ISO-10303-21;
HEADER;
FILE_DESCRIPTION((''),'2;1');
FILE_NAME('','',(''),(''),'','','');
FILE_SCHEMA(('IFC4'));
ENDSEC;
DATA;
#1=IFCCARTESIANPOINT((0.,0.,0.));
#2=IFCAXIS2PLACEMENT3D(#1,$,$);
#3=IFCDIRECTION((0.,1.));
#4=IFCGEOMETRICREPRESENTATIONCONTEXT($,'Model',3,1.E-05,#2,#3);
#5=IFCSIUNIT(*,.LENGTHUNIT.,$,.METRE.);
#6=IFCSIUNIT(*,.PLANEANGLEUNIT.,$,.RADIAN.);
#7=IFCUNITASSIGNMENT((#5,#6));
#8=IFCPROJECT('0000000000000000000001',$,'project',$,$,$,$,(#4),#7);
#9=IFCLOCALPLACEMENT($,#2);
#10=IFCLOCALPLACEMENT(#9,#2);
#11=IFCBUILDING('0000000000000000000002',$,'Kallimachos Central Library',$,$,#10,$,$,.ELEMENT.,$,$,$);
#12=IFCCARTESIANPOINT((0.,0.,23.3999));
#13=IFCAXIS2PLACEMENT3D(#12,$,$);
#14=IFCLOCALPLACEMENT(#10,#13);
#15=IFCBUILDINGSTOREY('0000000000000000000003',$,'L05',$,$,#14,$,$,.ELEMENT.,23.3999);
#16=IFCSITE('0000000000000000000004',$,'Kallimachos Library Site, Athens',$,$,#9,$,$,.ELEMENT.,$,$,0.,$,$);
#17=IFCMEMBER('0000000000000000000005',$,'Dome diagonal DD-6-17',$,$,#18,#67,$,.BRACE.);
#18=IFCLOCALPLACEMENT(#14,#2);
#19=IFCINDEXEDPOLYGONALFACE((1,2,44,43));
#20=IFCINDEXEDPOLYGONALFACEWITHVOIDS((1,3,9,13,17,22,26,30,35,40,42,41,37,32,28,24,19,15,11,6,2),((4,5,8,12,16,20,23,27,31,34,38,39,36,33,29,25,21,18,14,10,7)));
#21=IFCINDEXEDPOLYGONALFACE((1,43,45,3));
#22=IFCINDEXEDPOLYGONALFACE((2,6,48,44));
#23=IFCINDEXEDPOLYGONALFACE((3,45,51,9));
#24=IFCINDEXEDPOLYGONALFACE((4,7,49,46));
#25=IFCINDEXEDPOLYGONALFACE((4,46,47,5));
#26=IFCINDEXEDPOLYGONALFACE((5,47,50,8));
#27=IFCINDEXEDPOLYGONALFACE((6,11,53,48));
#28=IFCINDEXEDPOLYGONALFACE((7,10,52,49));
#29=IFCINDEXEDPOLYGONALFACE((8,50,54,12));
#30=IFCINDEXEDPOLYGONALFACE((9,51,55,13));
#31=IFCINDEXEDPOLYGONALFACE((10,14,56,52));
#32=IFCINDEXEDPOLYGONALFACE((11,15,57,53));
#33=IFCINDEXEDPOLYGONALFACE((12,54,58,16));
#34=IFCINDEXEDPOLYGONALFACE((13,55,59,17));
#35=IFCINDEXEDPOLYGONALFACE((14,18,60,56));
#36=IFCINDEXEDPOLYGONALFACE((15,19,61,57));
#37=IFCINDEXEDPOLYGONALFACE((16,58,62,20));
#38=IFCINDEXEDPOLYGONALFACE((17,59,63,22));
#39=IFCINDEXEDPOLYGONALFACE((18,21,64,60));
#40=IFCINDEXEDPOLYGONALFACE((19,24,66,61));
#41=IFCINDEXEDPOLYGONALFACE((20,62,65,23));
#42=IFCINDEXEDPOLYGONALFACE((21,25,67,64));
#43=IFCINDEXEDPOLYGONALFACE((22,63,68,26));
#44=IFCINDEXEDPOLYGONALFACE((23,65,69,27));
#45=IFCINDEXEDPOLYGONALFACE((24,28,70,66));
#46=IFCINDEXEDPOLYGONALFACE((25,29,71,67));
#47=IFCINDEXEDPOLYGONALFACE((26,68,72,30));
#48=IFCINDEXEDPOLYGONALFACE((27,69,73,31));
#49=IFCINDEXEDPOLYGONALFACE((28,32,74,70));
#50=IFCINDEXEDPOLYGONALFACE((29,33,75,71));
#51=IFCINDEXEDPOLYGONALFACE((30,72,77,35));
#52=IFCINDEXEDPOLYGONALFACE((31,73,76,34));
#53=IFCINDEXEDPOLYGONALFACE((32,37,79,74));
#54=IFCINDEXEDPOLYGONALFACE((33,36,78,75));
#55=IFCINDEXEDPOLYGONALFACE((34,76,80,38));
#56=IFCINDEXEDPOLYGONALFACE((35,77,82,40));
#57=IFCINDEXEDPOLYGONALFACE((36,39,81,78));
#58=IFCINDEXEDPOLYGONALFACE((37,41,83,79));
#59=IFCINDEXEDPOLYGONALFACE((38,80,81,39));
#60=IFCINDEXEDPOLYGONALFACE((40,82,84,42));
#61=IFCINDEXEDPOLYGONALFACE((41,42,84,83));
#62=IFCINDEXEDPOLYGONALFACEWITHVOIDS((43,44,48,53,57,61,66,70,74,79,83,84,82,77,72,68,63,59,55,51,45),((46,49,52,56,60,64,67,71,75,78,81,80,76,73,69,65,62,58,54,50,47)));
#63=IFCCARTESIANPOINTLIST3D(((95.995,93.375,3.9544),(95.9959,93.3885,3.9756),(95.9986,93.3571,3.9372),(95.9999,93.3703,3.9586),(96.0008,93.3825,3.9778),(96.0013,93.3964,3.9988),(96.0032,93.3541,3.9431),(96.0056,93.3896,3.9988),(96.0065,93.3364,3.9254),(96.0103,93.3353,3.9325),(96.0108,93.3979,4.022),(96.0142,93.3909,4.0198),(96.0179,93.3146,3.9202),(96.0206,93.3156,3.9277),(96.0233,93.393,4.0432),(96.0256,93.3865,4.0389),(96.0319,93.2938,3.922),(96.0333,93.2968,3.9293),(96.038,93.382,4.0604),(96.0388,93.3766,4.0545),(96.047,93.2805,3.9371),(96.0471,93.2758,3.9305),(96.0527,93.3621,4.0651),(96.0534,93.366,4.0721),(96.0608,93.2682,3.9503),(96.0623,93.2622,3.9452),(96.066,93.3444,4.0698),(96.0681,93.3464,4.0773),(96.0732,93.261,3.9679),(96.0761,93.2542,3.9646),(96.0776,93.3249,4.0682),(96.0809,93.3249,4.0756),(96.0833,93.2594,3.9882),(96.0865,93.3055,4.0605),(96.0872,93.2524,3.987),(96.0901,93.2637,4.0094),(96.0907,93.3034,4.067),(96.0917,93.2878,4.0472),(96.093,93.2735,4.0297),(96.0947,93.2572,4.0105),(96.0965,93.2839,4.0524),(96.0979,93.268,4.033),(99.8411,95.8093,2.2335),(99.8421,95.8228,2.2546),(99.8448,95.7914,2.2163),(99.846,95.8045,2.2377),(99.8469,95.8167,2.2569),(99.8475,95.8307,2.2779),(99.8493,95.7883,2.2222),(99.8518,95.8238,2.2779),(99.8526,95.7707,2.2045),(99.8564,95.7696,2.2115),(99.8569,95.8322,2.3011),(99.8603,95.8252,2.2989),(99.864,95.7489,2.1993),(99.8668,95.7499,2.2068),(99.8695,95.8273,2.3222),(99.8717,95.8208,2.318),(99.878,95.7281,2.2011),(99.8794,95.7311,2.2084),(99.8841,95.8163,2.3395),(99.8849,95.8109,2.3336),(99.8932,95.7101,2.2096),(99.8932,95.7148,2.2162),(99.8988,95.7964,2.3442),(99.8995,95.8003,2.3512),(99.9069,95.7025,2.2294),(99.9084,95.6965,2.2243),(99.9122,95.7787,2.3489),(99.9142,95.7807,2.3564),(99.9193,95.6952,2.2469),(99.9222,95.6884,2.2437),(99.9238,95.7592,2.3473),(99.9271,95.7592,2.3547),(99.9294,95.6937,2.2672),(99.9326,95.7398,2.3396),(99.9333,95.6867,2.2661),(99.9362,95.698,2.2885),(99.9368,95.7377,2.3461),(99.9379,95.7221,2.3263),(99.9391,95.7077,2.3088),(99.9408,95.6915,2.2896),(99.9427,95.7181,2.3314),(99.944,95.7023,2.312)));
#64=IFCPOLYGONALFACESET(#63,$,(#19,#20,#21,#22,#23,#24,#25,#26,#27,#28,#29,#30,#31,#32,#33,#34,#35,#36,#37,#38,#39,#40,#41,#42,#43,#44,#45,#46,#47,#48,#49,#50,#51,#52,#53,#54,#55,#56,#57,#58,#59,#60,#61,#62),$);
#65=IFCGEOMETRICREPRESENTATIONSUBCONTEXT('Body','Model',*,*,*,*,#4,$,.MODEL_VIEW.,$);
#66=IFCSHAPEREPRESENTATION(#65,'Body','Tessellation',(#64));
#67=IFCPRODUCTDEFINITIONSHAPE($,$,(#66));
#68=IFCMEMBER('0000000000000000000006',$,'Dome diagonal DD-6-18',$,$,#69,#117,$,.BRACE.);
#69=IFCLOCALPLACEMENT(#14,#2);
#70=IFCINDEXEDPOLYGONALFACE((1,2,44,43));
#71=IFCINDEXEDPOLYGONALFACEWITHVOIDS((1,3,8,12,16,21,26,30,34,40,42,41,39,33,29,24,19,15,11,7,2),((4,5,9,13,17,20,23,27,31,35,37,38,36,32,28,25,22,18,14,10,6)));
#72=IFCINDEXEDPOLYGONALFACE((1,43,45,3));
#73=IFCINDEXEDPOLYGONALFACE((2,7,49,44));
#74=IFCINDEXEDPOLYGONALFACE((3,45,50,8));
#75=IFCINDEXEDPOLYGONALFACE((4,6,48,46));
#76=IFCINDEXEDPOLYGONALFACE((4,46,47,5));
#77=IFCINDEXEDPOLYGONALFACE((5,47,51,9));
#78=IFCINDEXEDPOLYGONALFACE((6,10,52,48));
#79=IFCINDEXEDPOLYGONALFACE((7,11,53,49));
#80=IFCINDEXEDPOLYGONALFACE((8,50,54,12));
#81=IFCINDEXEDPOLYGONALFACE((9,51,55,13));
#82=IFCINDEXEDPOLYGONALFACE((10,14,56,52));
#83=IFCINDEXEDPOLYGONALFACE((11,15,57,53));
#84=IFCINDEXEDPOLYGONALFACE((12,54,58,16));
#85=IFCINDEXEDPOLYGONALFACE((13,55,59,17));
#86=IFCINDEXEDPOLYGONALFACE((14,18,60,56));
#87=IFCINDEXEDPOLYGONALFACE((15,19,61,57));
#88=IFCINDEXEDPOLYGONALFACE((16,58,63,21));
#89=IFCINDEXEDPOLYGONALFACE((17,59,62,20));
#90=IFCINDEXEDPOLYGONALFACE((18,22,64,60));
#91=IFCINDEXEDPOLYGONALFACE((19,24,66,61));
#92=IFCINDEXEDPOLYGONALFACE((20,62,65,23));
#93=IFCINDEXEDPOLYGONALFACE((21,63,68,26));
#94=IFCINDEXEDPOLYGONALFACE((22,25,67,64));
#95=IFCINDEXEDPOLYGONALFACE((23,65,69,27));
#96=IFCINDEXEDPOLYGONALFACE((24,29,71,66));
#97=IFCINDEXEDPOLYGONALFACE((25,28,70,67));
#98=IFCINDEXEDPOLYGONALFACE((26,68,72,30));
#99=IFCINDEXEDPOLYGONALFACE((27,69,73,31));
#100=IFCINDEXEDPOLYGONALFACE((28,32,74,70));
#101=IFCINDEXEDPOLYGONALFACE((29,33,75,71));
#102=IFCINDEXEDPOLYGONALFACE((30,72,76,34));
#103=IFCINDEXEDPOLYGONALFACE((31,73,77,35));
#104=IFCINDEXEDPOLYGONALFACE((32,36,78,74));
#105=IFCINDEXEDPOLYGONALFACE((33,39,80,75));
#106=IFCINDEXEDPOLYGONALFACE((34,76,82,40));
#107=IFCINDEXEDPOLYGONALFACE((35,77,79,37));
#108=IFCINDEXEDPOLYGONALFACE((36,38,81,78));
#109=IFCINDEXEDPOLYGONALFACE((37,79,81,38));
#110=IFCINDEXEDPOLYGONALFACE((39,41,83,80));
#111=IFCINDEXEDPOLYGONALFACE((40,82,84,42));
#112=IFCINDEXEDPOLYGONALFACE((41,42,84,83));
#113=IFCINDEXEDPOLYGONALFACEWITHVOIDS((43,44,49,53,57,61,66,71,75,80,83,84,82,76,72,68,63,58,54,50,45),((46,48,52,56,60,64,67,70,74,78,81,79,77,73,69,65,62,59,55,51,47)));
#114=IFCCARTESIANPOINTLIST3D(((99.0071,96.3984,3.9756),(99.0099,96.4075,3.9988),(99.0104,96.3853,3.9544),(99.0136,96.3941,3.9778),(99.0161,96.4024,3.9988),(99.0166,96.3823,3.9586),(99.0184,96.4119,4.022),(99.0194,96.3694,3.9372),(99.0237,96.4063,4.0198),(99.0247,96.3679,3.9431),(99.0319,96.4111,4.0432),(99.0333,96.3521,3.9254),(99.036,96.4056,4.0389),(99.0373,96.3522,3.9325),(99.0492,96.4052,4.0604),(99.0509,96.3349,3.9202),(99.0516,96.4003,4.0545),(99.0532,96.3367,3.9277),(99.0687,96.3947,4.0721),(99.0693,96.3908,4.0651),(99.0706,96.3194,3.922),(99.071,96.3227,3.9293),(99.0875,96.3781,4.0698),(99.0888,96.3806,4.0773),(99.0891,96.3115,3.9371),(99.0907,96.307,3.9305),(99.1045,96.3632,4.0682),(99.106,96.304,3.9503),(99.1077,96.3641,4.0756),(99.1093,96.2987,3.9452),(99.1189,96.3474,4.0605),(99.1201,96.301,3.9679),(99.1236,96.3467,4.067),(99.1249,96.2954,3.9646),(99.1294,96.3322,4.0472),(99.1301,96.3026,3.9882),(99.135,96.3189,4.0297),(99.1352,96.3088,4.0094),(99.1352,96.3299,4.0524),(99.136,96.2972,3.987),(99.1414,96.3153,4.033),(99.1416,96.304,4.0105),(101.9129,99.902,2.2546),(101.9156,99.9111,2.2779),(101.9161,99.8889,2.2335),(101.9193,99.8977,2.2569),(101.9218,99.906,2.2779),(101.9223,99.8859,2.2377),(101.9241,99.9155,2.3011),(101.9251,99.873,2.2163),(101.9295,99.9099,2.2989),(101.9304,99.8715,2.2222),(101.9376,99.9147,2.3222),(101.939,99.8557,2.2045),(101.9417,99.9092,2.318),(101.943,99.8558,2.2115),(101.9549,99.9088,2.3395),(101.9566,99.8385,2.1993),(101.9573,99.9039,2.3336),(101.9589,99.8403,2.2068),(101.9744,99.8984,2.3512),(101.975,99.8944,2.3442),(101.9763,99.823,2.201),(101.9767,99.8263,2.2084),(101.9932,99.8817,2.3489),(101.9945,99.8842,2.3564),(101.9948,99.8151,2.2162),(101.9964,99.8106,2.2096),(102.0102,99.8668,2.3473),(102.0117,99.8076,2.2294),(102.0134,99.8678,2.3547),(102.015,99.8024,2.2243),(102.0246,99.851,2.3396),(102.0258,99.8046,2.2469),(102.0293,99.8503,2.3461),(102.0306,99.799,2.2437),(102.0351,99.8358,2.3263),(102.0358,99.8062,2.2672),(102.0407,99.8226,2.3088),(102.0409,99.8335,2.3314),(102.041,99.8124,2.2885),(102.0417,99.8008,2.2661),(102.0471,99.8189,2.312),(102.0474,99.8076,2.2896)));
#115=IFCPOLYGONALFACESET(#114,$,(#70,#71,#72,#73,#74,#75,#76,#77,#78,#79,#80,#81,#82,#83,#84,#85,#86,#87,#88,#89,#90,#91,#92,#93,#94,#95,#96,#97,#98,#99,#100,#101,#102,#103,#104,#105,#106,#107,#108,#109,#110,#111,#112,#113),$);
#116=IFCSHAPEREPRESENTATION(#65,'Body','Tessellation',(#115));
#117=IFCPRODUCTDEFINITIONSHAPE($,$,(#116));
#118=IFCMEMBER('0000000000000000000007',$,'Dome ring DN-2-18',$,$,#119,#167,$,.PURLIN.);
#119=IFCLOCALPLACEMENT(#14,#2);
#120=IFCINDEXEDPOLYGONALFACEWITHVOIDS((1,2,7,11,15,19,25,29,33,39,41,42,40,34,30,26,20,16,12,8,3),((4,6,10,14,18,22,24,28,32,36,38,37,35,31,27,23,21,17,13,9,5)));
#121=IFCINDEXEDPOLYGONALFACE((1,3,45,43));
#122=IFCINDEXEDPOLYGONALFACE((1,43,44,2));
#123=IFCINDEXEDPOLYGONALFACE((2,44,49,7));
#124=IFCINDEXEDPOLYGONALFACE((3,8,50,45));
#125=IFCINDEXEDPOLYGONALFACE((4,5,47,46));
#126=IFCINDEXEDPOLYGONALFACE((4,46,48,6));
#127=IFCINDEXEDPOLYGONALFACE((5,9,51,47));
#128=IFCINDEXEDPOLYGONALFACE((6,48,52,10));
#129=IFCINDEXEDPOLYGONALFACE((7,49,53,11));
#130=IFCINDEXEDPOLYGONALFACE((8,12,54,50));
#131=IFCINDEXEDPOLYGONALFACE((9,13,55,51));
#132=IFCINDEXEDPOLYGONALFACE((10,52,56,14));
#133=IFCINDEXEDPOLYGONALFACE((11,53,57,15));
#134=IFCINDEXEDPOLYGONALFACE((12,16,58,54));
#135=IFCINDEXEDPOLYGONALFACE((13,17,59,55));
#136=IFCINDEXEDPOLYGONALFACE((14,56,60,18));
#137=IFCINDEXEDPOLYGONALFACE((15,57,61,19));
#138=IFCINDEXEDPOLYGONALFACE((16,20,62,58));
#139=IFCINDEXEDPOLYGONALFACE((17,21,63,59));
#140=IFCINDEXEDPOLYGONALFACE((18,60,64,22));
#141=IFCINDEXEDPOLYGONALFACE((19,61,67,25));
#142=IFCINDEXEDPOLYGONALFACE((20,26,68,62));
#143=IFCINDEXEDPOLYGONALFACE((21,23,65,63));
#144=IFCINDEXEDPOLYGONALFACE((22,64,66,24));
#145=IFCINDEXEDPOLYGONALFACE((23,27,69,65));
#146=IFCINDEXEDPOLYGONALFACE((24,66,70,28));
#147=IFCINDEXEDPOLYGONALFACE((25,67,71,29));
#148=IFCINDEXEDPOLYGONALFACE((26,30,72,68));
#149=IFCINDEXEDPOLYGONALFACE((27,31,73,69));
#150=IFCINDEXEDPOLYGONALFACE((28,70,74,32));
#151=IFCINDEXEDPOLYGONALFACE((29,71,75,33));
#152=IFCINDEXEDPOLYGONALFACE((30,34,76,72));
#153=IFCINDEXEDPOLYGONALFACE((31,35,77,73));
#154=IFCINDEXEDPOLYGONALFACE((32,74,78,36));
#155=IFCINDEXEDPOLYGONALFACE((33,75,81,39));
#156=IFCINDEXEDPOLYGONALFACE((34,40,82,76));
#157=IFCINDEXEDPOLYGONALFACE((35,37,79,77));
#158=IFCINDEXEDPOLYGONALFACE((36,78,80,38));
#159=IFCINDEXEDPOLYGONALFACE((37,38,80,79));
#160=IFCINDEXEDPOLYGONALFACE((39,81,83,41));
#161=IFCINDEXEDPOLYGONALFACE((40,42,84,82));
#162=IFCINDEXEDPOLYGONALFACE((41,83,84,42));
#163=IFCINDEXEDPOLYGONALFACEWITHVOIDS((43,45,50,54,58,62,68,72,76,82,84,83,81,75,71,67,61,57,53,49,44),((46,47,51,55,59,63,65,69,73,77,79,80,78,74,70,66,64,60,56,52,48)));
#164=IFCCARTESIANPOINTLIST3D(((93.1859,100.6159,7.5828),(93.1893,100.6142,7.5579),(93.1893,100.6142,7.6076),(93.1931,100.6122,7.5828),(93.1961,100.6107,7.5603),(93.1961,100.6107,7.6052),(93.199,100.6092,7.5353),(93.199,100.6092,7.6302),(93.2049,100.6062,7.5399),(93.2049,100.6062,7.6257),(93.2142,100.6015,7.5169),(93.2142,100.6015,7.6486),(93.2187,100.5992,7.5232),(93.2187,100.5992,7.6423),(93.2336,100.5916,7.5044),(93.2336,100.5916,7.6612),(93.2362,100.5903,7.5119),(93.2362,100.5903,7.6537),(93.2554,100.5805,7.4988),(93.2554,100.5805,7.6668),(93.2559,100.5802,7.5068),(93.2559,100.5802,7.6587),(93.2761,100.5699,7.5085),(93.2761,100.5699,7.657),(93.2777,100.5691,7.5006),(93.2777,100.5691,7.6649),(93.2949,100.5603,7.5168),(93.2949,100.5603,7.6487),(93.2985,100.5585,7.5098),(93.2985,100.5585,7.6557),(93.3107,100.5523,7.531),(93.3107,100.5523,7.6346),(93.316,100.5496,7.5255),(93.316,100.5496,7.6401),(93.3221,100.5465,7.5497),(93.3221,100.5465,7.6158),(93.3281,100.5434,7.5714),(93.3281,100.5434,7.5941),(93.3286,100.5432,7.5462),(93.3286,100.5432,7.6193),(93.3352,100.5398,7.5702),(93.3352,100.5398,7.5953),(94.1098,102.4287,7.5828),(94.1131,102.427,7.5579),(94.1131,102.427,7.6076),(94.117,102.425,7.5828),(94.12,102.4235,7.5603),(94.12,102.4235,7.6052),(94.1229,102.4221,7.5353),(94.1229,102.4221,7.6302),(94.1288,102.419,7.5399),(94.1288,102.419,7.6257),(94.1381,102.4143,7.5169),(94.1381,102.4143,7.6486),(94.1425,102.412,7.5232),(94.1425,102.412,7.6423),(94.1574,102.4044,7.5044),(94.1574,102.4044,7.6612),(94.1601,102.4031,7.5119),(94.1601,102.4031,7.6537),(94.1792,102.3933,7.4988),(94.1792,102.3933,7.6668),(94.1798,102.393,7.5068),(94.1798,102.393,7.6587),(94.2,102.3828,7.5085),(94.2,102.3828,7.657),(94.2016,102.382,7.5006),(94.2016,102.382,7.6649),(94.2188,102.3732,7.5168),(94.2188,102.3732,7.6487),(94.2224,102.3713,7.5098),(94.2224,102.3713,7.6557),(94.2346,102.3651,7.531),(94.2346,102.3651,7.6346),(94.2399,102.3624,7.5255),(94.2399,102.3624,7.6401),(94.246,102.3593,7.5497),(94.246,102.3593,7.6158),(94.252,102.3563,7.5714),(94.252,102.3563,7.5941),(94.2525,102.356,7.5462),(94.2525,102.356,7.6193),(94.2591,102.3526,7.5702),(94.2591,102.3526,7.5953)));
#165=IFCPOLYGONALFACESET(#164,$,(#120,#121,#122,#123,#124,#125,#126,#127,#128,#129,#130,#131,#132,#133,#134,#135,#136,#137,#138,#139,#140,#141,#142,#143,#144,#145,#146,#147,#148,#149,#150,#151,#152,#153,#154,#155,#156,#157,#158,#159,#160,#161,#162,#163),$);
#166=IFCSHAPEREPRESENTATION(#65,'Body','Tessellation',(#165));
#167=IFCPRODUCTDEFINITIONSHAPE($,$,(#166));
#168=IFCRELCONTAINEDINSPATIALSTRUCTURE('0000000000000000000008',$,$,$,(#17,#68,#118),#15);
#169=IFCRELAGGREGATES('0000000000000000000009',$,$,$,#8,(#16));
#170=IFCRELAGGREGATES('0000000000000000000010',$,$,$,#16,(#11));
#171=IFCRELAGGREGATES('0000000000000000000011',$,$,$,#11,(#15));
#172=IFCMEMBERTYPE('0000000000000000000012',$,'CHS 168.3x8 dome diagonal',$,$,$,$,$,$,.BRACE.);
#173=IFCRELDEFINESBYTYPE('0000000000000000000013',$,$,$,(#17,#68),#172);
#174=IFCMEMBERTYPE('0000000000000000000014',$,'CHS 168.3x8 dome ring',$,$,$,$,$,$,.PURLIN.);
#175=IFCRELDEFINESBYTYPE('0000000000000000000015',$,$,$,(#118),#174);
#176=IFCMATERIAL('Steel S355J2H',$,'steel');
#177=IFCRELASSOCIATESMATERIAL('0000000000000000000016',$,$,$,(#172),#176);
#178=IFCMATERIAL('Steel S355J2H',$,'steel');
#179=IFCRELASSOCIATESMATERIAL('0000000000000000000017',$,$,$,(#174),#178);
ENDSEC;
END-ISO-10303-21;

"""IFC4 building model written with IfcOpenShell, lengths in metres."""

from ifc_helpers import new_model, si_unit, direction, frame, origin, origin_2d, place, context, subcontext, project, spatial, hollow_circle, extrude, material, material_profile, profile_set, type_object, element, save


model = new_model("IFC4")

# Units and contexts
model_context = context("Model", 3, precision=1e-05, world=origin(), true_north=direction((0.0, 1.0)))
body_context = subcontext(model_context, "Body", "Model", "MODEL_VIEW")
ifc_project = project(units=[si_unit("LENGTHUNIT", "METRE"), si_unit("PLANEANGLEUNIT", "RADIAN")], contexts=[model_context])

# Site, building, storey
site_placement = place(None, origin())
site = spatial("IfcSite", under=ifc_project, at=site_placement, Name="Kallimachos Library Site, Athens", CompositionType="ELEMENT", RefElevation=0.0)
building_placement = place(site_placement, origin())
building = spatial("IfcBuilding", under=site, at=building_placement, Name="Kallimachos Central Library", CompositionType="ELEMENT")
storey_placement = place(building_placement, frame((0.0, 0.0, 23.3999)))
storey = spatial("IfcBuildingStorey", under=building, at=storey_placement, Name="L05", CompositionType="ELEMENT", Elevation=23.3999)

# Members
ifc_material_1 = material(Name="Steel S355J2H", Category="steel")
ifc_material_profile_1 = material_profile(ifc_material_1, hollow_circle(Radius=0.0842, WallThickness=0.0081, at=origin_2d()), Name="CHS 168.3x8")
ifc_profile_set_1 = profile_set([ifc_material_profile_1], Name="Steel S355J2H")
member_type_1 = type_object("IfcMemberType", Name="CHS 168.3x8 dome diagonal", PredefinedType="BRACE", material=ifc_profile_set_1)
for number, where, z_axis, x_axis, name in (
    (1, (96.0464, 93.3252, 3.9988), (0.790374, 0.500243, -0.353647), (-0.534802, 0.844977, 0.0), "Dome diagonal DD-6-17"),
    (2, (99.0747, 96.3538, 3.9988), (0.597121, 0.719987, -0.353647), (-0.769727, 0.638373, 0.0), "Dome diagonal DD-6-18"),
):
    element("IfcMember", number, at=place(storey_placement, frame(where, z_axis=z_axis, x_axis=x_axis)), inside=storey, type_object=member_type_1, Name=name, PredefinedType="BRACE", context=body_context, shape_type="SweptSolid", body=[
        extrude(hollow_circle(Radius=0.0842, WallThickness=0.0081, at=origin_2d()), origin(), (0.0, 0.0, 1.0), 4.8662),
    ])
ifc_material_2 = material(Name="Steel S355J2H", Category="steel")
ifc_material_profile_2 = material_profile(ifc_material_2, hollow_circle(Radius=0.0842, WallThickness=0.0081, at=origin_2d()), Name="CHS 168.3x8")
ifc_profile_set_2 = profile_set([ifc_material_profile_2], Name="Steel S355J2H")
member_type_2 = type_object("IfcMemberType", Name="CHS 168.3x8 dome ring", PredefinedType="PURLIN", material=ifc_profile_set_2)
member_1_placement = place(storey_placement, frame((93.261, 100.5776, 7.5828), z_axis=(0.454064, 0.890969, 0.0), x_axis=(-0.890969, 0.454064, 0.0)))
element("IfcMember", 3, at=member_1_placement, inside=storey, type_object=member_type_2, Name="Dome ring DN-2-18", PredefinedType="PURLIN", context=body_context, shape_type="SweptSolid", body=[
    extrude(hollow_circle(Radius=0.0842, WallThickness=0.0081, at=origin_2d()), origin(), (0.0, 0.0, 1.0), 2.0347),
])

save(model, "model.ifc")
